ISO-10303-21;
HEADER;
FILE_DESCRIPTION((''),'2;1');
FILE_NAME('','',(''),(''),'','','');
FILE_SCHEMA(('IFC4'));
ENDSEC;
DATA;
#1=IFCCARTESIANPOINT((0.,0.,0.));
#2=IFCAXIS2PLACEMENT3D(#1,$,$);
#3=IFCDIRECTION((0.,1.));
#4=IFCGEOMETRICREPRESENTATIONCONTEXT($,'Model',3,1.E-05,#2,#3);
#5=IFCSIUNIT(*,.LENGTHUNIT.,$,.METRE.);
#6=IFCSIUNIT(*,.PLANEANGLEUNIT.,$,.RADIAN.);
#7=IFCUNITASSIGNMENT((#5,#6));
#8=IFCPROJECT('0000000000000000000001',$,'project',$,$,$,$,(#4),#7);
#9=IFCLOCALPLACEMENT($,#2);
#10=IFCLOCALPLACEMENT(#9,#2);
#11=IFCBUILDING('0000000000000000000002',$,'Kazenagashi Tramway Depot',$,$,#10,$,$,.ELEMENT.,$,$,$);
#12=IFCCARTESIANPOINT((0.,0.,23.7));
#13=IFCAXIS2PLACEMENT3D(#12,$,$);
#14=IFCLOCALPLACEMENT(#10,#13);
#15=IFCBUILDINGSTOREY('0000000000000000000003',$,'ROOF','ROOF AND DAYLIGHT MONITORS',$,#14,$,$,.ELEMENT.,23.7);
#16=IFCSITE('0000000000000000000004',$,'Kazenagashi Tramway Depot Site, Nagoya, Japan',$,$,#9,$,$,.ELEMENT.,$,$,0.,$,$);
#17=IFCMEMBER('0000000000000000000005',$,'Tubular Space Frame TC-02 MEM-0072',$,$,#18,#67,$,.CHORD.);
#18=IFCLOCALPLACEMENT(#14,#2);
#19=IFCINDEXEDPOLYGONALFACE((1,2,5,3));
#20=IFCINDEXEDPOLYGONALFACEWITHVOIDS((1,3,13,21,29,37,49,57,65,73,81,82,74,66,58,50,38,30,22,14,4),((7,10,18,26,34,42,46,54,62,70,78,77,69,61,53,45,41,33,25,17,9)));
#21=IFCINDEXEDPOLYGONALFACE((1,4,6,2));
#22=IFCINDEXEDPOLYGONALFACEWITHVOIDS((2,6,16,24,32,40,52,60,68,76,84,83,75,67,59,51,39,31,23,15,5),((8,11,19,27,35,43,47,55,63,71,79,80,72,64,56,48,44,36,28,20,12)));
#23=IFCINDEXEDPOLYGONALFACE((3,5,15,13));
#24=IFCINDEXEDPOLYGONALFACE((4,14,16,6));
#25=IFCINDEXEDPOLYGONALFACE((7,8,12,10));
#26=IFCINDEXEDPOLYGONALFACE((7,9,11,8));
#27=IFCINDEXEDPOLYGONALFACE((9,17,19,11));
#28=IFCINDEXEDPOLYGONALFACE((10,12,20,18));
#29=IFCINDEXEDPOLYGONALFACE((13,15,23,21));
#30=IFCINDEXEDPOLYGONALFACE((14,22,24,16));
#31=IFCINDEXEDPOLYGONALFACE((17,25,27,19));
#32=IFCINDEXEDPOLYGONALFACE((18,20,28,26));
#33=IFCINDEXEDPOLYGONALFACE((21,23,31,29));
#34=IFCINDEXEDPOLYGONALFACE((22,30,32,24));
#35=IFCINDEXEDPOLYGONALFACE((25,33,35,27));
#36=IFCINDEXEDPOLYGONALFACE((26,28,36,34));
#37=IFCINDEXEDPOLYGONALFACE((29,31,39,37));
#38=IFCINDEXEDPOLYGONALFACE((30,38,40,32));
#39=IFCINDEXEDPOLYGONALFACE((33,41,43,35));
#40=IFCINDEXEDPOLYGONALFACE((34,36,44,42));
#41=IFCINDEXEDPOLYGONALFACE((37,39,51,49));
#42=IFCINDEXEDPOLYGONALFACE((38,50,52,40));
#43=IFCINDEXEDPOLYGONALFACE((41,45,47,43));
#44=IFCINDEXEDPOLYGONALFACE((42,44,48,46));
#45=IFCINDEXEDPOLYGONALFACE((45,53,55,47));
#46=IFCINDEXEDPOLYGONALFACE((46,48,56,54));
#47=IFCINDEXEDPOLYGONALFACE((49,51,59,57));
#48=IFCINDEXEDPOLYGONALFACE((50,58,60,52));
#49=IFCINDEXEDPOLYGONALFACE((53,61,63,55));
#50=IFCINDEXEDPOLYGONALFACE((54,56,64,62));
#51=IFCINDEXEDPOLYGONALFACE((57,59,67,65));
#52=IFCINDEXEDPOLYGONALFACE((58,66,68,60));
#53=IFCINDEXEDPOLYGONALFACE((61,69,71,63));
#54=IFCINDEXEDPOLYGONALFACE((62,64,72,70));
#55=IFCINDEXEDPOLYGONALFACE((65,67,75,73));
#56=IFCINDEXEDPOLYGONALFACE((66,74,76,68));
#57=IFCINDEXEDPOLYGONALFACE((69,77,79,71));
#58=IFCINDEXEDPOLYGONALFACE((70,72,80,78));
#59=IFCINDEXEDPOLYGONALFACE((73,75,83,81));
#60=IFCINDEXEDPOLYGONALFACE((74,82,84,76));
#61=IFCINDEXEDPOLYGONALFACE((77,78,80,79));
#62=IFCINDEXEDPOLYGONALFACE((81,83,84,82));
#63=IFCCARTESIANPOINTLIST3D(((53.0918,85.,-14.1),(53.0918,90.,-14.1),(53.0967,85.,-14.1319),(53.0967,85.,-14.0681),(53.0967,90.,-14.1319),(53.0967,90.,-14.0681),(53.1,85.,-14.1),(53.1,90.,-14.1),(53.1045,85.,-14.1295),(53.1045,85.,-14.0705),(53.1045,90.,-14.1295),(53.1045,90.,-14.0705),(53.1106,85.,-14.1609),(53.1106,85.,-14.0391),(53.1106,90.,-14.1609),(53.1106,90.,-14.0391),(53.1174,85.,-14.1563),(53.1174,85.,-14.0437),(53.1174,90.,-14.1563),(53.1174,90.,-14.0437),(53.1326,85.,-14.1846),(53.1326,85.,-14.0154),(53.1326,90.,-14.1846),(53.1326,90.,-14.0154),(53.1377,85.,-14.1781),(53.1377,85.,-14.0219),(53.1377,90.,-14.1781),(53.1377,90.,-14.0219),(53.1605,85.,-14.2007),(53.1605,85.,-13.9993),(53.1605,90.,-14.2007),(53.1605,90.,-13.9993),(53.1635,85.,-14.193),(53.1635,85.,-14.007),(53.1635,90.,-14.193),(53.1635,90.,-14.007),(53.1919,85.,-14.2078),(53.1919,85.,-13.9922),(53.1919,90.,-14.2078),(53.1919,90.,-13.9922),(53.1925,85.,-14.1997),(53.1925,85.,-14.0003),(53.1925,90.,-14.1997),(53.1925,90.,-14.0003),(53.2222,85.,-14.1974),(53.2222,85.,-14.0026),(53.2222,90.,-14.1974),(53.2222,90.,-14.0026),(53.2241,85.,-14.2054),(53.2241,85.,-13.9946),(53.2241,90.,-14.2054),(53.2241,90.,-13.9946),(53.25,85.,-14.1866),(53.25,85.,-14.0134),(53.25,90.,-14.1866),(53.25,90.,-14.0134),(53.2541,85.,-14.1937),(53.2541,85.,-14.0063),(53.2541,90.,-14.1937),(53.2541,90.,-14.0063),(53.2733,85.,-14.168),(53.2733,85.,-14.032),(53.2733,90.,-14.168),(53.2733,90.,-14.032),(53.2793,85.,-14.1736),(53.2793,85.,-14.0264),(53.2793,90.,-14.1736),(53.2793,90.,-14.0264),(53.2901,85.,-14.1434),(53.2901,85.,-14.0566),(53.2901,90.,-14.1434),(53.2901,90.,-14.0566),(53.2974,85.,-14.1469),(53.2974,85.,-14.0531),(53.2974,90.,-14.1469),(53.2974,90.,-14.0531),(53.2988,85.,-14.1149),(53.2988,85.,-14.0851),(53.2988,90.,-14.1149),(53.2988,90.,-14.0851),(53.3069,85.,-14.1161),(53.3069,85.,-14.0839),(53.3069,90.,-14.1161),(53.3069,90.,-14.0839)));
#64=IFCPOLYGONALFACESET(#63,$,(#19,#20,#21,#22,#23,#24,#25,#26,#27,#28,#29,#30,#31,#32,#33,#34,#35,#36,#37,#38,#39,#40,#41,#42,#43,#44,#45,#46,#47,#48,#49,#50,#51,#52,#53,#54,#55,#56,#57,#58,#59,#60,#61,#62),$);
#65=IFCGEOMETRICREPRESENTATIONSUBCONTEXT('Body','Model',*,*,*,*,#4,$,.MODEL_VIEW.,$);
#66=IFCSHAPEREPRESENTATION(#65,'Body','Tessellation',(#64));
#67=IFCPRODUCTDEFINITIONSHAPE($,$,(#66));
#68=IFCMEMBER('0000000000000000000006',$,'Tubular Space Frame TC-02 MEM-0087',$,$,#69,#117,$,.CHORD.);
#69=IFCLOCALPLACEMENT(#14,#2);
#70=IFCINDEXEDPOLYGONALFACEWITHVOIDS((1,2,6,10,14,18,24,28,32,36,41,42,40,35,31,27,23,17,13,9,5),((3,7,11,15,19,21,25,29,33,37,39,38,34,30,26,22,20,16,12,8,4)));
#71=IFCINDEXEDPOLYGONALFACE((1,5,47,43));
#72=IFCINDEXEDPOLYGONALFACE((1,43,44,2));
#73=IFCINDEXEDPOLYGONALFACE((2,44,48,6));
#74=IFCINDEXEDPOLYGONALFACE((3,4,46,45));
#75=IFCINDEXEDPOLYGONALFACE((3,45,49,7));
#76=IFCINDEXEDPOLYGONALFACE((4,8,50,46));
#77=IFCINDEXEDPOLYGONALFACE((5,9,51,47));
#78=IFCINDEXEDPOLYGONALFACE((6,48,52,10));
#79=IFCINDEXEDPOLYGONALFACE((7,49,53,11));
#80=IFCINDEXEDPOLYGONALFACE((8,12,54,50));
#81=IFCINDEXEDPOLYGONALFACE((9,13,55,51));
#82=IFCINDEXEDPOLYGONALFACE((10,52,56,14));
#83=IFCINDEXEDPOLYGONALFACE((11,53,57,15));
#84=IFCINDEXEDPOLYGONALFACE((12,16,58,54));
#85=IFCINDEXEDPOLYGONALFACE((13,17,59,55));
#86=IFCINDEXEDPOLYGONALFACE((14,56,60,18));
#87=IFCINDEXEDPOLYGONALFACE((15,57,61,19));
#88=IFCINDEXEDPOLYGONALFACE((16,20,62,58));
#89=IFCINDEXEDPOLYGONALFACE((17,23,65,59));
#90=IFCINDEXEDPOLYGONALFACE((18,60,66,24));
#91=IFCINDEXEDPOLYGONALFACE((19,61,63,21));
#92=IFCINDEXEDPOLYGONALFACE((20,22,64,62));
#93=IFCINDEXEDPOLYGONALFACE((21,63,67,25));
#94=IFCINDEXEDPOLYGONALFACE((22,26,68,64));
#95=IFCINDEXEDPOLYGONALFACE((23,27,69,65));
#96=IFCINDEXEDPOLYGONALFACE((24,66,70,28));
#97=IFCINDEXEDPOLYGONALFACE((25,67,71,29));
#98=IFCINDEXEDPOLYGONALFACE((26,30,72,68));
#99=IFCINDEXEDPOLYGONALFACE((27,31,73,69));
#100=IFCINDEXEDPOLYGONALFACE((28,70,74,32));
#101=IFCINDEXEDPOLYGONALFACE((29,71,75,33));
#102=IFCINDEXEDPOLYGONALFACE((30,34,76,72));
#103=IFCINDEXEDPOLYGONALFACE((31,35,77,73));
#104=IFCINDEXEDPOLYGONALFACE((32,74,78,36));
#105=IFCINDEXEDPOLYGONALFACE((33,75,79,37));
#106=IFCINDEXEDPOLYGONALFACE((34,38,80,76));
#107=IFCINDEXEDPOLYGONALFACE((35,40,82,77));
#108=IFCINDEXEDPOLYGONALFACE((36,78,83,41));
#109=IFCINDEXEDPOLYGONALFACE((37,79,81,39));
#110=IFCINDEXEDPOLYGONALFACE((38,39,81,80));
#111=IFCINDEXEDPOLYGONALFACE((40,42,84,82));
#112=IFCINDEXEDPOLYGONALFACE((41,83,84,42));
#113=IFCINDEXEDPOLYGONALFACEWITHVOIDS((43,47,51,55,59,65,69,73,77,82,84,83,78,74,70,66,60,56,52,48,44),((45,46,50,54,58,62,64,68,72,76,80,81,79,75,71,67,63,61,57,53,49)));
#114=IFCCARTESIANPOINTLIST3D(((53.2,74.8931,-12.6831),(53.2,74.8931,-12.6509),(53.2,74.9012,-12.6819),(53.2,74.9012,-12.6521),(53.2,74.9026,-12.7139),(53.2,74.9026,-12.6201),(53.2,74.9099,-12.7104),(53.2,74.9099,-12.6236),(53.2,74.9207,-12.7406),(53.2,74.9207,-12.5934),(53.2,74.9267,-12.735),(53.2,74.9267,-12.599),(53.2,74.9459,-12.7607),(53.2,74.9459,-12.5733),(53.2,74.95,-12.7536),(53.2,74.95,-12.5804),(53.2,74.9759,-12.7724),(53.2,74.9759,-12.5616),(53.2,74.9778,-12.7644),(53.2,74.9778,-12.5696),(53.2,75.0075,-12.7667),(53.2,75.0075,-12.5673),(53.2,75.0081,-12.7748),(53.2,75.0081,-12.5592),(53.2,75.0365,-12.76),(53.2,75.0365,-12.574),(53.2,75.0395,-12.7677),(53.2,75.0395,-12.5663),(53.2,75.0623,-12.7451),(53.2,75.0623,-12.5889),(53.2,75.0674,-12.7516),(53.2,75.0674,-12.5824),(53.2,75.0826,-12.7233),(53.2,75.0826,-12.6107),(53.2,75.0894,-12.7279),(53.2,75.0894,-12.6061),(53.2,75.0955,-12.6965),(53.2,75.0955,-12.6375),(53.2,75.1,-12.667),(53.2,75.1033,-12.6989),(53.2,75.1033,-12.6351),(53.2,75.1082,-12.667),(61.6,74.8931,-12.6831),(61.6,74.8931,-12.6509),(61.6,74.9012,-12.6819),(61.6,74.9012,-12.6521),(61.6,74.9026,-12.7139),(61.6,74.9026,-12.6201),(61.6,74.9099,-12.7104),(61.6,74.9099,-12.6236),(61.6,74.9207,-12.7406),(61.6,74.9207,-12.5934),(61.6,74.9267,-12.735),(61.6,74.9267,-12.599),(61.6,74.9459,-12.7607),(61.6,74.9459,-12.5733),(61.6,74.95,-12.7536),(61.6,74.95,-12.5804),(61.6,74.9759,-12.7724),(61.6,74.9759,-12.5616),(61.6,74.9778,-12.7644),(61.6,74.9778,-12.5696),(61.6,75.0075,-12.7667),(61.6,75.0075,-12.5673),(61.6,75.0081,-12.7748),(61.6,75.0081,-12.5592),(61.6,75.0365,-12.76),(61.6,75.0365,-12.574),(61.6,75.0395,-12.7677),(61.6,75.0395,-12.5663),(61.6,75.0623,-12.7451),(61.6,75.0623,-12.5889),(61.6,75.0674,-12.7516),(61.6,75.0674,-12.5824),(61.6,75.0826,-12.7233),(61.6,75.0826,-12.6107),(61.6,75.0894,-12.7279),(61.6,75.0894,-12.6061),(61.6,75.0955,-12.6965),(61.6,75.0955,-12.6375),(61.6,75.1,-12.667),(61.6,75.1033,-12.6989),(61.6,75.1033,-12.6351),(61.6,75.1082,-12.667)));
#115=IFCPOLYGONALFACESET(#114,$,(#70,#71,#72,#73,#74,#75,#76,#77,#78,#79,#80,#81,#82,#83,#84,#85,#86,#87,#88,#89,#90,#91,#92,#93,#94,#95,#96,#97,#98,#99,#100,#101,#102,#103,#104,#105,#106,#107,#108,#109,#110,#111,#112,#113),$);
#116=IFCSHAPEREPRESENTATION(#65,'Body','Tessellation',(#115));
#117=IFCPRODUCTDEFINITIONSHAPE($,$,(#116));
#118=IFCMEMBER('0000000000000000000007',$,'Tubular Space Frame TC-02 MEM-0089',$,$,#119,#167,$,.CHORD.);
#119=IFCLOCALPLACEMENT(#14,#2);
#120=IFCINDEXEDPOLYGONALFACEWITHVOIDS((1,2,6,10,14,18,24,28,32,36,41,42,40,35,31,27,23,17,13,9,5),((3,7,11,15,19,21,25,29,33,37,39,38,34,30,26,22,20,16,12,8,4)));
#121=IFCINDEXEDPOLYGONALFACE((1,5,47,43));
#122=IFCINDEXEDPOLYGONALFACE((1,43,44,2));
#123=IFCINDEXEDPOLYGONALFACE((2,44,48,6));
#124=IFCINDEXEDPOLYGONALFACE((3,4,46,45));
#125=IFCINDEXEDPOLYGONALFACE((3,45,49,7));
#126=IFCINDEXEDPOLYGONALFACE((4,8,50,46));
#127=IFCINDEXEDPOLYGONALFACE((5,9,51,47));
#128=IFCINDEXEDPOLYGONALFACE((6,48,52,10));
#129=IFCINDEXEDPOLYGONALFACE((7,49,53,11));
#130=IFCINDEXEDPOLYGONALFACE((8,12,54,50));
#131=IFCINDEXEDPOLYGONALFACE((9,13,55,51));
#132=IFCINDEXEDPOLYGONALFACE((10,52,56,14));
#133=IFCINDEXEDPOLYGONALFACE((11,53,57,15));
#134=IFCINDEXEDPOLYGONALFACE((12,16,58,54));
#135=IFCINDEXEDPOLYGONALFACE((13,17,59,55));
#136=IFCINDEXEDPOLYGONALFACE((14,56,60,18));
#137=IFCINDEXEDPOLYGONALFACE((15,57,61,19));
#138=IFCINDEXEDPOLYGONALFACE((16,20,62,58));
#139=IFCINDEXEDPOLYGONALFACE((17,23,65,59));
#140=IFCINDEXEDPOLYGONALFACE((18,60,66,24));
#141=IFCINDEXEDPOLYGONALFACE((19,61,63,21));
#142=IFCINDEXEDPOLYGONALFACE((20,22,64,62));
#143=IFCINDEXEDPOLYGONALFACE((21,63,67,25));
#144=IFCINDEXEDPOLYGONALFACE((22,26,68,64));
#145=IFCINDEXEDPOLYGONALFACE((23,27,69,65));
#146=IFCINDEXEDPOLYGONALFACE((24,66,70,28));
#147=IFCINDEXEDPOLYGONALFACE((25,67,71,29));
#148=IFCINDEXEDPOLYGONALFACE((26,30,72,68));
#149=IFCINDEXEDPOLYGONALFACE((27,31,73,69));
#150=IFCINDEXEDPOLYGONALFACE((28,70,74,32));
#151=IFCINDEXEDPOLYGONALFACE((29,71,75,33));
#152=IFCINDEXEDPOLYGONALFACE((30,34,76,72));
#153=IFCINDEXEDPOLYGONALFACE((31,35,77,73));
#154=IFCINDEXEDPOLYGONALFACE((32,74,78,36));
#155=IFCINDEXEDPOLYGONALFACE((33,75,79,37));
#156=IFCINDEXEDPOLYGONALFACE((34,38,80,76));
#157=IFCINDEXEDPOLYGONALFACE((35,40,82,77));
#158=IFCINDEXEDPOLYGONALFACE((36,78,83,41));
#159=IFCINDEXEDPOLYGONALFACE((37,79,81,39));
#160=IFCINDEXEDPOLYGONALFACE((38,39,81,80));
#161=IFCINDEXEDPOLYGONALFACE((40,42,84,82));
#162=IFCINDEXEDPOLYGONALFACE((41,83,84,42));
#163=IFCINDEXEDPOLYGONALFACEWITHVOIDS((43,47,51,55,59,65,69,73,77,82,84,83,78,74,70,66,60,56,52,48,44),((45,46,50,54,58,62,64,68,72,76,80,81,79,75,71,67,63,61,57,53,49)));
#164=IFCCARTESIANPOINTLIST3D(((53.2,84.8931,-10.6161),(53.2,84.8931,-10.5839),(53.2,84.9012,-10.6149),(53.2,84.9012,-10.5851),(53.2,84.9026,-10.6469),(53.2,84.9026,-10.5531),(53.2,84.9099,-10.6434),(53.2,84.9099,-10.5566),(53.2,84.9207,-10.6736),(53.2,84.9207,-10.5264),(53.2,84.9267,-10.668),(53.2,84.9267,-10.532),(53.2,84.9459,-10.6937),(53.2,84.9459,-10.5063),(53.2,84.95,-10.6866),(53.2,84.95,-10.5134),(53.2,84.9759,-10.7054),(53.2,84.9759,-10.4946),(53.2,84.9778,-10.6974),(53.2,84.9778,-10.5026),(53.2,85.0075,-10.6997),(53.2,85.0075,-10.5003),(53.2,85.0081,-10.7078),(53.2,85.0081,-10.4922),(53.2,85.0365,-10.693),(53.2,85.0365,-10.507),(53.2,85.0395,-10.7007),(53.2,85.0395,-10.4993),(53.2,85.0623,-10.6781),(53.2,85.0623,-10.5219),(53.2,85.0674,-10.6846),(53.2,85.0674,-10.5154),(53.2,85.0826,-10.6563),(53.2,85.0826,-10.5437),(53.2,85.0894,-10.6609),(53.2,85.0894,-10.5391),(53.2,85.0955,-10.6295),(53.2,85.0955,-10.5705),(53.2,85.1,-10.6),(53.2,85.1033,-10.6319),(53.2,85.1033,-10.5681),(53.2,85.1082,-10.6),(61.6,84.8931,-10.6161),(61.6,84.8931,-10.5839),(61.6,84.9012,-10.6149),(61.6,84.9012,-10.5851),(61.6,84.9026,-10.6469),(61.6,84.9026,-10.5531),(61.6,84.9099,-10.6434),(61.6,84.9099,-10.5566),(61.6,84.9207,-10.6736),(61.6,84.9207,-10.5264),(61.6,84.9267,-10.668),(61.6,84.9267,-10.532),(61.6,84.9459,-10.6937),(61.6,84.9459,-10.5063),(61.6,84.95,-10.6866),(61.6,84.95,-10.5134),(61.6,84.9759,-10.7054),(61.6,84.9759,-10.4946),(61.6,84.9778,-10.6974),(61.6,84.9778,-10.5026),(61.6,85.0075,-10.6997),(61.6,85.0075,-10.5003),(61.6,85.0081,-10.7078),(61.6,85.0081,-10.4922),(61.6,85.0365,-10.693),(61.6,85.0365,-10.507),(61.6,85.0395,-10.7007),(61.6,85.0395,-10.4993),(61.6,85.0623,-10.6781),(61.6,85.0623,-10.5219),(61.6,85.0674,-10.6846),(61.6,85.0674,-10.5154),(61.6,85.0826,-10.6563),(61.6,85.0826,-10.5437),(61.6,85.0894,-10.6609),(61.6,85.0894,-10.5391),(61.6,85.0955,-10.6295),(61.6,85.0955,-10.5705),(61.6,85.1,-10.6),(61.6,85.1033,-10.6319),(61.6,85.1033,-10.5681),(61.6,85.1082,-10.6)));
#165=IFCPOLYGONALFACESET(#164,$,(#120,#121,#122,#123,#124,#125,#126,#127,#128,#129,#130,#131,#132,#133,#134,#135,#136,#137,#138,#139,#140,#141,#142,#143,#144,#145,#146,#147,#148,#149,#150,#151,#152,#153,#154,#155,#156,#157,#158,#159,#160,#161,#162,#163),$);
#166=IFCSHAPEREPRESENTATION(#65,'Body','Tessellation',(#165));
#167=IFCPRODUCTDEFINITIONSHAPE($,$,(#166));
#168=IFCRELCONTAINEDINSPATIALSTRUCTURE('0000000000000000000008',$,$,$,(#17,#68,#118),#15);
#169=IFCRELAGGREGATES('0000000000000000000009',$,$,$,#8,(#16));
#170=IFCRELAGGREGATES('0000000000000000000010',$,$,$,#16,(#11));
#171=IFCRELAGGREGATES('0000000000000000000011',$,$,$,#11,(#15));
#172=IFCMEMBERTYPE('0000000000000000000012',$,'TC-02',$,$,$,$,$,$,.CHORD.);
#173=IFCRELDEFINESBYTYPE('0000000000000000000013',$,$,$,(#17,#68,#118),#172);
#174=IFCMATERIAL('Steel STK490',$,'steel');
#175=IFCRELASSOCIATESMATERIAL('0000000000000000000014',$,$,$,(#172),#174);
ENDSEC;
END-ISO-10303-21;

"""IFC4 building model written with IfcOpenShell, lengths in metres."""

from ifc_helpers import new_model, si_unit, direction, frame, origin, origin_2d, place, context, subcontext, project, spatial, hollow_circle, extrude, material, material_profile, profile_set, type_object, element, save


model = new_model("IFC4")

# Units and contexts
model_context = context("Model", 3, precision=1e-05, world=origin(), true_north=direction((0.0, 1.0)))
body_context = subcontext(model_context, "Body", "Model", "MODEL_VIEW")
ifc_project = project(units=[si_unit("LENGTHUNIT", "METRE"), si_unit("PLANEANGLEUNIT", "RADIAN")], contexts=[model_context])

# Site, building, storey
site_placement = place(None, origin())
site = spatial("IfcSite", under=ifc_project, at=site_placement, Name="Kazenagashi Tramway Depot Site, Nagoya, Japan", CompositionType="ELEMENT", RefElevation=0.0)
building_placement = place(site_placement, origin())
building = spatial("IfcBuilding", under=site, at=building_placement, Name="Kazenagashi Tramway Depot", CompositionType="ELEMENT")
storey_placement = place(building_placement, frame((0.0, 0.0, 23.7)))
storey = spatial("IfcBuildingStorey", under=building, at=storey_placement, Name="ROOF", Description="ROOF AND DAYLIGHT MONITORS", CompositionType="ELEMENT", Elevation=23.7)

# Members
ifc_material_1 = material(Name="Steel STK490", Category="steel")
ifc_material_profile_1 = material_profile(ifc_material_1, hollow_circle(Radius=0.1081, WallThickness=0.0082, at=origin_2d()), Name="CHS-216.3x8.2")
ifc_profile_set_1 = profile_set([ifc_material_profile_1], Name="Steel STK490")
member_type_1 = type_object("IfcMemberType", Name="TC-02", PredefinedType="CHORD", material=ifc_profile_set_1)
for number, where, z_axis, x_axis, name in (
    (1, (53.2, 85.0, -14.1), (0.0, 1.0, 0.0), (-1.0, 0.0, 0.0), "Tubular Space Frame TC-02 MEM-0072"),
):
    element("IfcMember", number, at=place(storey_placement, frame(where, z_axis=z_axis, x_axis=x_axis)), inside=storey, type_object=member_type_1, Name=name, PredefinedType="CHORD", context=body_context, shape_type="SweptSolid", body=[
        extrude(hollow_circle(Radius=0.1081, WallThickness=0.0082, at=origin_2d()), origin(), (0.0, 0.0, 1.0), 5.0),
    ])
for number, where, z_axis, x_axis, name in (
    (2, (53.2, 75.0, -12.667), (1.0, 0.0, 0.0), (0.0, 1.0, 0.0), "Tubular Space Frame TC-02 MEM-0087"),
    (3, (53.2, 85.0, -10.6), (1.0, 0.0, 0.0), (0.0, 1.0, 0.0), "Tubular Space Frame TC-02 MEM-0089"),
):
    element("IfcMember", number, at=place(storey_placement, frame(where, z_axis=z_axis, x_axis=x_axis)), inside=storey, type_object=member_type_1, Name=name, PredefinedType="CHORD", context=body_context, shape_type="SweptSolid", body=[
        extrude(hollow_circle(Radius=0.1081, WallThickness=0.0082, at=origin_2d()), origin(), (0.0, 0.0, 1.0), 8.4),
    ])

save(model, "model.ifc")
